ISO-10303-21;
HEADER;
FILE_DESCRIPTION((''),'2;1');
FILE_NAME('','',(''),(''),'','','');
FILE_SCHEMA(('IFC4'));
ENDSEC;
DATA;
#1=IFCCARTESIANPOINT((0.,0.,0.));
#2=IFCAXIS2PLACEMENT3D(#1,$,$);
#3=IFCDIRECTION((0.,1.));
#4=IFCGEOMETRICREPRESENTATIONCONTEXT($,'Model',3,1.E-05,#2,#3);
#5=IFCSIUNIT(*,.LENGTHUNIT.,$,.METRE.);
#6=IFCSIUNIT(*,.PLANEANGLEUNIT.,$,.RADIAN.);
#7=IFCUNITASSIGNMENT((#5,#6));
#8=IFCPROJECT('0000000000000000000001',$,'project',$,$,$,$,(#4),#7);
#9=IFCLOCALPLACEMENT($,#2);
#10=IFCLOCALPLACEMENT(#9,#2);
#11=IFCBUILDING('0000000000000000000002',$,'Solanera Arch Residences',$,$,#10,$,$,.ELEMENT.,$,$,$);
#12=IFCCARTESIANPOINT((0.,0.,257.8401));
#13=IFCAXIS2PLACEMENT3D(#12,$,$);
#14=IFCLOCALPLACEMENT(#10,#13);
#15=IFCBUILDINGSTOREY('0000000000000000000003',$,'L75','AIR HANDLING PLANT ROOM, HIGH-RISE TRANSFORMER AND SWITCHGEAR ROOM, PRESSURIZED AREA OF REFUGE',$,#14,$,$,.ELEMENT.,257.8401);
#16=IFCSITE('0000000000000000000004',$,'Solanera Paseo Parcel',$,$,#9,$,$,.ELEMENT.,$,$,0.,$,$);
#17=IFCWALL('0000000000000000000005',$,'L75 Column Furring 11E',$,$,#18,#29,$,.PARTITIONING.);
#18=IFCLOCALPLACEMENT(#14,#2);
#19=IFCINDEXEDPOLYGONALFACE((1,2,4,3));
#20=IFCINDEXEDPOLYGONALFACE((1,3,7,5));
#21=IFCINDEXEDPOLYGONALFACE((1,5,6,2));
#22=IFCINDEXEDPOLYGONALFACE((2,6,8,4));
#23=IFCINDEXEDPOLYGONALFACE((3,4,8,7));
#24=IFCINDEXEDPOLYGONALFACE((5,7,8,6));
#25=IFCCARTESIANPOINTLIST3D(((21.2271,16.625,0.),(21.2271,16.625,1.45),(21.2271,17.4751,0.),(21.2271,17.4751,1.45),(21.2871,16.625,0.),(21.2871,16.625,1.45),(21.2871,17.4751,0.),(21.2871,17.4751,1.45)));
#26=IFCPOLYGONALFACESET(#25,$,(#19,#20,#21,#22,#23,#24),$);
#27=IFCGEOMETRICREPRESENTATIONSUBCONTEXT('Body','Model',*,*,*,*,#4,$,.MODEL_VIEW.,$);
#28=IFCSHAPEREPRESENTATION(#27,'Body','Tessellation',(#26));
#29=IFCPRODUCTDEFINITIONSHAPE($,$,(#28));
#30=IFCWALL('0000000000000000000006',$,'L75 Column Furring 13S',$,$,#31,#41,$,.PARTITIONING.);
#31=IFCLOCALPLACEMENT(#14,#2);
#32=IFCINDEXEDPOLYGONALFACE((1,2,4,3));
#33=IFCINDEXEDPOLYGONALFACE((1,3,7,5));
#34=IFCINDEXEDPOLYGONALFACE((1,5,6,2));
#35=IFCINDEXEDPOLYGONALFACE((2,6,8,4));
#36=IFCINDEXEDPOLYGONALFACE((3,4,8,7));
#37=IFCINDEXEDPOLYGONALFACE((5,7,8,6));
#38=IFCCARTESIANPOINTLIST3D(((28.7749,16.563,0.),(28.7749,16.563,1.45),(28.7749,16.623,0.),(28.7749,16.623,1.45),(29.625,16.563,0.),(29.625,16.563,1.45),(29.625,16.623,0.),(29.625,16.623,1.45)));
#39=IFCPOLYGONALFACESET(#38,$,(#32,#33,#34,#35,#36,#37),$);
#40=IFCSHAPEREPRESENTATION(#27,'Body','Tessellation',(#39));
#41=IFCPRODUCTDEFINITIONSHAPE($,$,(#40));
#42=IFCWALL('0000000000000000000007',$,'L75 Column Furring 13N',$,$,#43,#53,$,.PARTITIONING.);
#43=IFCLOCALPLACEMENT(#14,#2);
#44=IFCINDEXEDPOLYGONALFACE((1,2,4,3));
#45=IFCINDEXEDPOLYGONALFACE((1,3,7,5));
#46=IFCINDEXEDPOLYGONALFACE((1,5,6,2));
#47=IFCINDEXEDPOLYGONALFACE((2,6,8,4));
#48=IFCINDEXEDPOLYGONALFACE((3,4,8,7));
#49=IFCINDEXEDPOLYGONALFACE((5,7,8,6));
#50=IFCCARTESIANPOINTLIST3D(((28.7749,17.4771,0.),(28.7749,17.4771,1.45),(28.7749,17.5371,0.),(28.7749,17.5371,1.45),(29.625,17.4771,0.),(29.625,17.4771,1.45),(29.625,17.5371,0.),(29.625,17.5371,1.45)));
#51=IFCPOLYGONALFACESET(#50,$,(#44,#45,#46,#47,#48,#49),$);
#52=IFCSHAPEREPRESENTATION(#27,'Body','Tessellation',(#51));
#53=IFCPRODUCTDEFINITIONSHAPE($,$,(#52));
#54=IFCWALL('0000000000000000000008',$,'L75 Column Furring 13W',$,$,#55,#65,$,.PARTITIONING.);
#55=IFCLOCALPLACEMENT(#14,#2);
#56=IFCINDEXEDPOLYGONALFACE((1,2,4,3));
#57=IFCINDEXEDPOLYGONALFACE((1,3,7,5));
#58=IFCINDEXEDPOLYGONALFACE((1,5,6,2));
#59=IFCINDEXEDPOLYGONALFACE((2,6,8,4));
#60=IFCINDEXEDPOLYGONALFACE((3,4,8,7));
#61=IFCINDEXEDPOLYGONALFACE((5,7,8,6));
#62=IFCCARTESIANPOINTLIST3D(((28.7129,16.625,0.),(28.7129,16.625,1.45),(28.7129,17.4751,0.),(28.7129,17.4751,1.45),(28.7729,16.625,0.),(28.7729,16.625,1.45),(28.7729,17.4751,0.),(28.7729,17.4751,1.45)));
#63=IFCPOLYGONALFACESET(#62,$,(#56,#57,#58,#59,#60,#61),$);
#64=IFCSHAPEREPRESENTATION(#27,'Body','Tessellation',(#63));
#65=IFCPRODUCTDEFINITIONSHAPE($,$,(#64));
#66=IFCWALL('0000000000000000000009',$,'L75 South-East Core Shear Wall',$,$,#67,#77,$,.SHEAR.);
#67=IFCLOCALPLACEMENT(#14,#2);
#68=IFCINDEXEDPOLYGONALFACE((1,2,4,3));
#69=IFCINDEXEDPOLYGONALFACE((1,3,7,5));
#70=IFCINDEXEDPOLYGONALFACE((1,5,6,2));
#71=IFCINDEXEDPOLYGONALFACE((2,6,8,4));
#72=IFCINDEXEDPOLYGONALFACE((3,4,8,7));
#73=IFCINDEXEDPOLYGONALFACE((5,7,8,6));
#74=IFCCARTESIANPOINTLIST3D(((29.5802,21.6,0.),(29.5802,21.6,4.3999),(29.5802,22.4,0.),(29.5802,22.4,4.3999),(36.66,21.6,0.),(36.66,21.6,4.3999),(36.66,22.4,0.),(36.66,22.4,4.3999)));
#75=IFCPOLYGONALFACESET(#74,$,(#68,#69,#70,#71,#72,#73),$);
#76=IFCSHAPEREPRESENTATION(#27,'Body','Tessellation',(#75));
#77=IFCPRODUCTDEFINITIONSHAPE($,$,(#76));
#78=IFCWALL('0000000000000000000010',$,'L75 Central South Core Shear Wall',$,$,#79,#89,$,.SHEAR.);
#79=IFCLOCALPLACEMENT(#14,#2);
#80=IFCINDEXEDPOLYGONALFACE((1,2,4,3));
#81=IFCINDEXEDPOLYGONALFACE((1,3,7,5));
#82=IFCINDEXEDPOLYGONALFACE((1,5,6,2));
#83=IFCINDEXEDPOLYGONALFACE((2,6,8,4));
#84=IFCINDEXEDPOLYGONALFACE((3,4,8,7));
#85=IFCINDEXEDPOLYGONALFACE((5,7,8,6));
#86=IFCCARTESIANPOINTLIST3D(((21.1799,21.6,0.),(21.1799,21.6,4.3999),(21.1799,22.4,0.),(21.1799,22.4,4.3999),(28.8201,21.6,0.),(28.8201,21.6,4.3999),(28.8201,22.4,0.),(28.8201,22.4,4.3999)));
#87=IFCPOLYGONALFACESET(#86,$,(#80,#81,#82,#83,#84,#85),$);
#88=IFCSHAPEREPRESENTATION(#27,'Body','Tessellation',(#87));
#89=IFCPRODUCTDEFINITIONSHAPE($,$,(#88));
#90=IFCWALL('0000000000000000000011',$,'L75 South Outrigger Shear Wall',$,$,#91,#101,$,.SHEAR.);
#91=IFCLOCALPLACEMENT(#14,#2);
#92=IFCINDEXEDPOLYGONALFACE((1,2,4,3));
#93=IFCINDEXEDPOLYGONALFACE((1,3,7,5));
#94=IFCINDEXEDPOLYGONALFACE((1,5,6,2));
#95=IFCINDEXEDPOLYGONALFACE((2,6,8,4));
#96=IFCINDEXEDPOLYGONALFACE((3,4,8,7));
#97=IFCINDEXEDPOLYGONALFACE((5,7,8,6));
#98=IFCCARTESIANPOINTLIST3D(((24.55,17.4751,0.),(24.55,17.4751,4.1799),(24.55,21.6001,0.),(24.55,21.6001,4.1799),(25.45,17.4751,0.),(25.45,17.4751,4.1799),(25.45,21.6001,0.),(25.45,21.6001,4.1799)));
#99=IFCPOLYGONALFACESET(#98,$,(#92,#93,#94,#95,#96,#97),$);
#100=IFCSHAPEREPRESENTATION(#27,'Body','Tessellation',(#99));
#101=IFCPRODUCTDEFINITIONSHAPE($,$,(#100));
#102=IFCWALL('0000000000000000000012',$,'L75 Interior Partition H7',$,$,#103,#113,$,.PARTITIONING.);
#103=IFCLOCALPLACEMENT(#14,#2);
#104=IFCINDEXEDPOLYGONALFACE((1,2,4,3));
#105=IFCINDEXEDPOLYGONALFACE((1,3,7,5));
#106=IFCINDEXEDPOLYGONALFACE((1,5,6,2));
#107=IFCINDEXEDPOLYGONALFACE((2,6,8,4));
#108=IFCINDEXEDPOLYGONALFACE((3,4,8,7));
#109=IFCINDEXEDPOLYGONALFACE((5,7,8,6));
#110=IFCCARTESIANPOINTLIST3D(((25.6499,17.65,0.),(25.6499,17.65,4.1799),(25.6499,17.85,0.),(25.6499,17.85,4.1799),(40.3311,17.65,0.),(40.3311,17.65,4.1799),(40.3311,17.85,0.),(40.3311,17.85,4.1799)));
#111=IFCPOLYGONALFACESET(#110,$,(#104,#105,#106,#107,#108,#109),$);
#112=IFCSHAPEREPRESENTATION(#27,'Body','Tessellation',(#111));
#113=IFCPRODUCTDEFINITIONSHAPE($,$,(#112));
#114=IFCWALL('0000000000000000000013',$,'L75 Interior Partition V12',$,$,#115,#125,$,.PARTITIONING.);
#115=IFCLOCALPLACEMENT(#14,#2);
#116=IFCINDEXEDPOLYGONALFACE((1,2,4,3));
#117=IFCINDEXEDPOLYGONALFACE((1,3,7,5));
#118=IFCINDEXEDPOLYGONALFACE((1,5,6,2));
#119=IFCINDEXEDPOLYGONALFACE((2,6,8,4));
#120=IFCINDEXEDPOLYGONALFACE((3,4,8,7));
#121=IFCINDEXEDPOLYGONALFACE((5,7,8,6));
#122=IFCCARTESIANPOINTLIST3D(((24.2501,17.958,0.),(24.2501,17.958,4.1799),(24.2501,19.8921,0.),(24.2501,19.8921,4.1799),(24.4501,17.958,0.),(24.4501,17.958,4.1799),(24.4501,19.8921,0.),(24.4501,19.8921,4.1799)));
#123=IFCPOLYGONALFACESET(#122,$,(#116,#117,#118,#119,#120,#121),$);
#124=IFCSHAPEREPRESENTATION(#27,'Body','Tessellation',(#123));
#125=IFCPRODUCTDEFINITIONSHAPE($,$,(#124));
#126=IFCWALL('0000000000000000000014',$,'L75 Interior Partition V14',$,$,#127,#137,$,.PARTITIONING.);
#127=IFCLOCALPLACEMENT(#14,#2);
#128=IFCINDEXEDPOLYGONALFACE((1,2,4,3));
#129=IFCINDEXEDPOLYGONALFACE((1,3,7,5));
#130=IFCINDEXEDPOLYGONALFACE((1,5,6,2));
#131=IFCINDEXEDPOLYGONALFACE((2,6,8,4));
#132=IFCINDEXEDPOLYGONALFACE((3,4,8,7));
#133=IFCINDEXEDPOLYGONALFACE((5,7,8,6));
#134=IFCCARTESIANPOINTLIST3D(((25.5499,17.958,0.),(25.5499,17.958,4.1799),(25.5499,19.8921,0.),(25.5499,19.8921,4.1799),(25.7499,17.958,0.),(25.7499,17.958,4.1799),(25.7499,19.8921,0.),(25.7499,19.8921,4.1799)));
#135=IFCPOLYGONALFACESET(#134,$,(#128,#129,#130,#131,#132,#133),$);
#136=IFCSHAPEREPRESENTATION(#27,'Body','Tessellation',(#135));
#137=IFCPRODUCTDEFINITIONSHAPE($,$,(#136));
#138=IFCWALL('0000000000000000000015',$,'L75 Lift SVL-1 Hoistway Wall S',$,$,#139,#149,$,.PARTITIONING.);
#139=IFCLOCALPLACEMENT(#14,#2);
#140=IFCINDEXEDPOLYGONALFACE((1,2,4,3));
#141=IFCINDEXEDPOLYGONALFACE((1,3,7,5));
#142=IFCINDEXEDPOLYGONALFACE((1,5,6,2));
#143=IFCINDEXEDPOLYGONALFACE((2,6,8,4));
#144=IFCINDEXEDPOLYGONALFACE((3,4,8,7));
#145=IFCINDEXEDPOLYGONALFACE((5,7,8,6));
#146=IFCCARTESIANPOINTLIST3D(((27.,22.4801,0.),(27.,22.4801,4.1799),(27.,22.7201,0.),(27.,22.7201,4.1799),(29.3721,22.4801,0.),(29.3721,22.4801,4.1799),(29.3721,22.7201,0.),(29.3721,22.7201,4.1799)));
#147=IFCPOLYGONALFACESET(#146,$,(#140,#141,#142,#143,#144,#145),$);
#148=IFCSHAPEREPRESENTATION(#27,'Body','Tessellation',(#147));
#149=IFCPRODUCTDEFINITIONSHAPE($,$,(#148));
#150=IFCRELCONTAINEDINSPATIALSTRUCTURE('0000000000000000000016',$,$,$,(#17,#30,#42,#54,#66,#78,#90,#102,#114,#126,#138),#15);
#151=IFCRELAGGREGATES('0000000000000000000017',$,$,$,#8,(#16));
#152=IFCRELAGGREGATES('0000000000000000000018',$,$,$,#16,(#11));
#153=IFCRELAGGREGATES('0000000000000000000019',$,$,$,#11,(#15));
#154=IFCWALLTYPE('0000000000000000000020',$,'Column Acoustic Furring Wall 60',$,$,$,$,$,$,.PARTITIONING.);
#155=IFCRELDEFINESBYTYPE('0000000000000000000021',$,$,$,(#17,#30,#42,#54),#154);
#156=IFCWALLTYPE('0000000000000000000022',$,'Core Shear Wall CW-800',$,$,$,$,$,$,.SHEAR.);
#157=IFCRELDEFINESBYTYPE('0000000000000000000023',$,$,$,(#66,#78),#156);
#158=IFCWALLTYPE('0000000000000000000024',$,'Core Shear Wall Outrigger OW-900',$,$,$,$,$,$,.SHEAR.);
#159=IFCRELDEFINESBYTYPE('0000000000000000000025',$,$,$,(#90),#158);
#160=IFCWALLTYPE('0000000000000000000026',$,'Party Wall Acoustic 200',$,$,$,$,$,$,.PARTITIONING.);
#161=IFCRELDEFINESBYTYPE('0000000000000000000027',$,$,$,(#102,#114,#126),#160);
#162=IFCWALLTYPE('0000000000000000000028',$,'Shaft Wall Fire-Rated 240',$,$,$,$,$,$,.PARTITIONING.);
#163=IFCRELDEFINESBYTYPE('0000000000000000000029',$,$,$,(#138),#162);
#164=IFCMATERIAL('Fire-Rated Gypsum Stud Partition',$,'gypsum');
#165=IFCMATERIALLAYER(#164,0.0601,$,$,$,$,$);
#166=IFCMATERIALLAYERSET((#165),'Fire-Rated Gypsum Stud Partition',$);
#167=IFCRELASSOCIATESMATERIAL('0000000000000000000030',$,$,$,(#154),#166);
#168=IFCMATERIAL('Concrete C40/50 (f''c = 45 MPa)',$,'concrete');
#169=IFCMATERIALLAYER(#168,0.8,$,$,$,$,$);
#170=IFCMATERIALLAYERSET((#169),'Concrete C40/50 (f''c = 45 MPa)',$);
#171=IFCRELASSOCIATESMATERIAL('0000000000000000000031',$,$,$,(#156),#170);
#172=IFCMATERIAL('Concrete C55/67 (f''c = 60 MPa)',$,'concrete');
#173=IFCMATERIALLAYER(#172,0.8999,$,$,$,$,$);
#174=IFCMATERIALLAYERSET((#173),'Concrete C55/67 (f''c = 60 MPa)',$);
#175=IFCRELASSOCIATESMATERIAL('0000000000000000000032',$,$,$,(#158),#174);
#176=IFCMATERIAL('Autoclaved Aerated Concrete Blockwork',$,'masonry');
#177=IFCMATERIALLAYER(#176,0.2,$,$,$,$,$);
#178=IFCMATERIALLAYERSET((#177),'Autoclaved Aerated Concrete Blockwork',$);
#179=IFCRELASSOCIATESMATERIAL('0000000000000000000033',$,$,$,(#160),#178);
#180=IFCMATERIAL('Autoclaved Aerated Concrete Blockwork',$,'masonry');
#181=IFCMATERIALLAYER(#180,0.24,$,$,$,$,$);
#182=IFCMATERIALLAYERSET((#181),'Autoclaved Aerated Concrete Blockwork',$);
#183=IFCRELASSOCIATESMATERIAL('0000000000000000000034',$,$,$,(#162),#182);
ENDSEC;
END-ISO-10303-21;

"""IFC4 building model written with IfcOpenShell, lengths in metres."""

from ifc_helpers import new_model, si_unit, direction, frame, frame_2d, origin, place, context, subcontext, project, spatial, rectangle, extrude, material, layer, layer_set, type_object, element, save


model = new_model("IFC4")

# Units and contexts
model_context = context("Model", 3, precision=1e-05, world=origin(), true_north=direction((0.0, 1.0)))
body_context = subcontext(model_context, "Body", "Model", "MODEL_VIEW")
ifc_project = project(units=[si_unit("LENGTHUNIT", "METRE"), si_unit("PLANEANGLEUNIT", "RADIAN")], contexts=[model_context])

# Site, building, storey
site_placement = place(None, origin())
site = spatial("IfcSite", under=ifc_project, at=site_placement, Name="Solanera Paseo Parcel", CompositionType="ELEMENT", RefElevation=0.0)
building_placement = place(site_placement, origin())
building = spatial("IfcBuilding", under=site, at=building_placement, Name="Solanera Arch Residences", CompositionType="ELEMENT")
storey_placement = place(building_placement, frame((0.0, 0.0, 257.8401)))
storey = spatial("IfcBuildingStorey", under=building, at=storey_placement, Name="L75", Description="AIR HANDLING PLANT ROOM, HIGH-RISE TRANSFORMER AND SWITCHGEAR ROOM, PRESSURIZED AREA OF REFUGE", CompositionType="ELEMENT", Elevation=257.8401)

# Walls
ifc_material_1 = material(Name="Fire-Rated Gypsum Stud Partition", Category="gypsum")
ifc_layer_1 = layer(ifc_material_1, 0.0601)
ifc_layer_set_1 = layer_set([ifc_layer_1], Name="Fire-Rated Gypsum Stud Partition")
wall_type_1 = type_object("IfcWallType", Name="Column Acoustic Furring Wall 60", PredefinedType="PARTITIONING", material=ifc_layer_set_1)
for number, where, z_axis, x_axis, name in (
    (1, (21.2571, 16.625, 0.0), (0.0, 0.0, 1.0), (0.0, 1.0, 0.0), "L75 Column Furring 11E"),
    (2, (28.7749, 16.593, 0.0), (0.0, 0.0, 1.0), (1.0, 0.0, 0.0), "L75 Column Furring 13S"),
    (3, (28.7749, 17.5071, 0.0), (0.0, 0.0, 1.0), (1.0, 0.0, 0.0), "L75 Column Furring 13N"),
    (4, (28.7429, 16.625, 0.0), (0.0, 0.0, 1.0), (0.0, 1.0, 0.0), "L75 Column Furring 13W"),
):
    element("IfcWall", number, at=place(storey_placement, frame(where, z_axis=z_axis, x_axis=x_axis)), inside=storey, type_object=wall_type_1, Name=name, PredefinedType="PARTITIONING", context=body_context, shape_type="SweptSolid", body=[
        extrude(rectangle(XDim=0.8501, YDim=0.0601, at=frame_2d((0.425, 0.0))), origin(), (0.0, 0.0, 1.0), 1.45),
    ])
ifc_material_2 = material(Name="Concrete C40/50 (f'c = 45 MPa)", Category="concrete")
ifc_layer_2 = layer(ifc_material_2, 0.8)
ifc_layer_set_2 = layer_set([ifc_layer_2], Name="Concrete C40/50 (f'c = 45 MPa)")
wall_type_2 = type_object("IfcWallType", Name="Core Shear Wall CW-800", PredefinedType="SHEAR", material=ifc_layer_set_2)
wall_1_placement = place(storey_placement, frame((29.5801, 22.0, 0.0), z_axis=(0.0, 0.0, 1.0), x_axis=(1.0, 0.0, 0.0)))
element("IfcWall", 5, at=wall_1_placement, inside=storey, type_object=wall_type_2, Name="L75 South-East Core Shear Wall", PredefinedType="SHEAR", context=body_context, shape_type="SweptSolid", body=[
    extrude(rectangle(XDim=7.0798, YDim=0.8, at=frame_2d((3.54, 0.0))), origin(), (0.0, 0.0, 1.0), 4.3999),
])
wall_2_placement = place(storey_placement, frame((21.1799, 22.0, 0.0), z_axis=(0.0, 0.0, 1.0), x_axis=(1.0, 0.0, 0.0)))
element("IfcWall", 6, at=wall_2_placement, inside=storey, type_object=wall_type_2, Name="L75 Central South Core Shear Wall", PredefinedType="SHEAR", context=body_context, shape_type="SweptSolid", body=[
    extrude(rectangle(XDim=7.6401, YDim=0.8, at=frame_2d((3.8201, 0.0))), origin(), (0.0, 0.0, 1.0), 4.3999),
])
ifc_material_3 = material(Name="Concrete C55/67 (f'c = 60 MPa)", Category="concrete")
ifc_layer_3 = layer(ifc_material_3, 0.8999)
ifc_layer_set_3 = layer_set([ifc_layer_3], Name="Concrete C55/67 (f'c = 60 MPa)")
wall_type_3 = type_object("IfcWallType", Name="Core Shear Wall Outrigger OW-900", PredefinedType="SHEAR", material=ifc_layer_set_3)
wall_3_placement = place(storey_placement, frame((25.0, 17.4751, 0.0), z_axis=(0.0, 0.0, 1.0), x_axis=(0.0, 1.0, 0.0)))
element("IfcWall", 7, at=wall_3_placement, inside=storey, type_object=wall_type_3, Name="L75 South Outrigger Shear Wall", PredefinedType="SHEAR", context=body_context, shape_type="SweptSolid", body=[
    extrude(rectangle(XDim=4.125, YDim=0.8999, at=frame_2d((2.0625, 0.0))), origin(), (0.0, 0.0, 1.0), 4.1799),
])
ifc_material_4 = material(Name="Autoclaved Aerated Concrete Blockwork", Category="masonry")
ifc_layer_4 = layer(ifc_material_4, 0.2)
ifc_layer_set_4 = layer_set([ifc_layer_4], Name="Autoclaved Aerated Concrete Blockwork")
wall_type_4 = type_object("IfcWallType", Name="Party Wall Acoustic 200", PredefinedType="PARTITIONING", material=ifc_layer_set_4)
wall_4_placement = place(storey_placement, frame((25.6499, 17.75, 0.0), z_axis=(0.0, 0.0, 1.0), x_axis=(1.0, 0.0, 0.0)))
element("IfcWall", 8, at=wall_4_placement, inside=storey, type_object=wall_type_4, Name="L75 Interior Partition H7", PredefinedType="PARTITIONING", context=body_context, shape_type="SweptSolid", body=[
    extrude(rectangle(XDim=14.6812, YDim=0.2, at=frame_2d((7.3406, 0.0))), origin(), (0.0, 0.0, 1.0), 4.1799),
])
for number, where, z_axis, x_axis, name in (
    (9, (24.3501, 17.958, 0.0), (0.0, 0.0, 1.0), (0.0, 1.0, 0.0), "L75 Interior Partition V12"),
    (10, (25.6499, 17.958, 0.0), (0.0, 0.0, 1.0), (0.0, 1.0, 0.0), "L75 Interior Partition V14"),
):
    element("IfcWall", number, at=place(storey_placement, frame(where, z_axis=z_axis, x_axis=x_axis)), inside=storey, type_object=wall_type_4, Name=name, PredefinedType="PARTITIONING", context=body_context, shape_type="SweptSolid", body=[
        extrude(rectangle(XDim=1.9341, YDim=0.2, at=frame_2d((0.967, 0.0))), origin(), (0.0, 0.0, 1.0), 4.1799),
    ])
ifc_material_5 = material(Name="Autoclaved Aerated Concrete Blockwork", Category="masonry")
ifc_layer_5 = layer(ifc_material_5, 0.24)
ifc_layer_set_5 = layer_set([ifc_layer_5], Name="Autoclaved Aerated Concrete Blockwork")
wall_type_5 = type_object("IfcWallType", Name="Shaft Wall Fire-Rated 240", PredefinedType="PARTITIONING", material=ifc_layer_set_5)
wall_5_placement = place(storey_placement, frame((27.0, 22.6001, 0.0), z_axis=(0.0, 0.0, 1.0), x_axis=(1.0, 0.0, 0.0)))
element("IfcWall", 11, at=wall_5_placement, inside=storey, type_object=wall_type_5, Name="L75 Lift SVL-1 Hoistway Wall S", PredefinedType="PARTITIONING", context=body_context, shape_type="SweptSolid", body=[
    extrude(rectangle(XDim=2.3721, YDim=0.24, at=frame_2d((1.186, 0.0))), origin(), (0.0, 0.0, 1.0), 4.1799),
])

save(model, "model.ifc")
